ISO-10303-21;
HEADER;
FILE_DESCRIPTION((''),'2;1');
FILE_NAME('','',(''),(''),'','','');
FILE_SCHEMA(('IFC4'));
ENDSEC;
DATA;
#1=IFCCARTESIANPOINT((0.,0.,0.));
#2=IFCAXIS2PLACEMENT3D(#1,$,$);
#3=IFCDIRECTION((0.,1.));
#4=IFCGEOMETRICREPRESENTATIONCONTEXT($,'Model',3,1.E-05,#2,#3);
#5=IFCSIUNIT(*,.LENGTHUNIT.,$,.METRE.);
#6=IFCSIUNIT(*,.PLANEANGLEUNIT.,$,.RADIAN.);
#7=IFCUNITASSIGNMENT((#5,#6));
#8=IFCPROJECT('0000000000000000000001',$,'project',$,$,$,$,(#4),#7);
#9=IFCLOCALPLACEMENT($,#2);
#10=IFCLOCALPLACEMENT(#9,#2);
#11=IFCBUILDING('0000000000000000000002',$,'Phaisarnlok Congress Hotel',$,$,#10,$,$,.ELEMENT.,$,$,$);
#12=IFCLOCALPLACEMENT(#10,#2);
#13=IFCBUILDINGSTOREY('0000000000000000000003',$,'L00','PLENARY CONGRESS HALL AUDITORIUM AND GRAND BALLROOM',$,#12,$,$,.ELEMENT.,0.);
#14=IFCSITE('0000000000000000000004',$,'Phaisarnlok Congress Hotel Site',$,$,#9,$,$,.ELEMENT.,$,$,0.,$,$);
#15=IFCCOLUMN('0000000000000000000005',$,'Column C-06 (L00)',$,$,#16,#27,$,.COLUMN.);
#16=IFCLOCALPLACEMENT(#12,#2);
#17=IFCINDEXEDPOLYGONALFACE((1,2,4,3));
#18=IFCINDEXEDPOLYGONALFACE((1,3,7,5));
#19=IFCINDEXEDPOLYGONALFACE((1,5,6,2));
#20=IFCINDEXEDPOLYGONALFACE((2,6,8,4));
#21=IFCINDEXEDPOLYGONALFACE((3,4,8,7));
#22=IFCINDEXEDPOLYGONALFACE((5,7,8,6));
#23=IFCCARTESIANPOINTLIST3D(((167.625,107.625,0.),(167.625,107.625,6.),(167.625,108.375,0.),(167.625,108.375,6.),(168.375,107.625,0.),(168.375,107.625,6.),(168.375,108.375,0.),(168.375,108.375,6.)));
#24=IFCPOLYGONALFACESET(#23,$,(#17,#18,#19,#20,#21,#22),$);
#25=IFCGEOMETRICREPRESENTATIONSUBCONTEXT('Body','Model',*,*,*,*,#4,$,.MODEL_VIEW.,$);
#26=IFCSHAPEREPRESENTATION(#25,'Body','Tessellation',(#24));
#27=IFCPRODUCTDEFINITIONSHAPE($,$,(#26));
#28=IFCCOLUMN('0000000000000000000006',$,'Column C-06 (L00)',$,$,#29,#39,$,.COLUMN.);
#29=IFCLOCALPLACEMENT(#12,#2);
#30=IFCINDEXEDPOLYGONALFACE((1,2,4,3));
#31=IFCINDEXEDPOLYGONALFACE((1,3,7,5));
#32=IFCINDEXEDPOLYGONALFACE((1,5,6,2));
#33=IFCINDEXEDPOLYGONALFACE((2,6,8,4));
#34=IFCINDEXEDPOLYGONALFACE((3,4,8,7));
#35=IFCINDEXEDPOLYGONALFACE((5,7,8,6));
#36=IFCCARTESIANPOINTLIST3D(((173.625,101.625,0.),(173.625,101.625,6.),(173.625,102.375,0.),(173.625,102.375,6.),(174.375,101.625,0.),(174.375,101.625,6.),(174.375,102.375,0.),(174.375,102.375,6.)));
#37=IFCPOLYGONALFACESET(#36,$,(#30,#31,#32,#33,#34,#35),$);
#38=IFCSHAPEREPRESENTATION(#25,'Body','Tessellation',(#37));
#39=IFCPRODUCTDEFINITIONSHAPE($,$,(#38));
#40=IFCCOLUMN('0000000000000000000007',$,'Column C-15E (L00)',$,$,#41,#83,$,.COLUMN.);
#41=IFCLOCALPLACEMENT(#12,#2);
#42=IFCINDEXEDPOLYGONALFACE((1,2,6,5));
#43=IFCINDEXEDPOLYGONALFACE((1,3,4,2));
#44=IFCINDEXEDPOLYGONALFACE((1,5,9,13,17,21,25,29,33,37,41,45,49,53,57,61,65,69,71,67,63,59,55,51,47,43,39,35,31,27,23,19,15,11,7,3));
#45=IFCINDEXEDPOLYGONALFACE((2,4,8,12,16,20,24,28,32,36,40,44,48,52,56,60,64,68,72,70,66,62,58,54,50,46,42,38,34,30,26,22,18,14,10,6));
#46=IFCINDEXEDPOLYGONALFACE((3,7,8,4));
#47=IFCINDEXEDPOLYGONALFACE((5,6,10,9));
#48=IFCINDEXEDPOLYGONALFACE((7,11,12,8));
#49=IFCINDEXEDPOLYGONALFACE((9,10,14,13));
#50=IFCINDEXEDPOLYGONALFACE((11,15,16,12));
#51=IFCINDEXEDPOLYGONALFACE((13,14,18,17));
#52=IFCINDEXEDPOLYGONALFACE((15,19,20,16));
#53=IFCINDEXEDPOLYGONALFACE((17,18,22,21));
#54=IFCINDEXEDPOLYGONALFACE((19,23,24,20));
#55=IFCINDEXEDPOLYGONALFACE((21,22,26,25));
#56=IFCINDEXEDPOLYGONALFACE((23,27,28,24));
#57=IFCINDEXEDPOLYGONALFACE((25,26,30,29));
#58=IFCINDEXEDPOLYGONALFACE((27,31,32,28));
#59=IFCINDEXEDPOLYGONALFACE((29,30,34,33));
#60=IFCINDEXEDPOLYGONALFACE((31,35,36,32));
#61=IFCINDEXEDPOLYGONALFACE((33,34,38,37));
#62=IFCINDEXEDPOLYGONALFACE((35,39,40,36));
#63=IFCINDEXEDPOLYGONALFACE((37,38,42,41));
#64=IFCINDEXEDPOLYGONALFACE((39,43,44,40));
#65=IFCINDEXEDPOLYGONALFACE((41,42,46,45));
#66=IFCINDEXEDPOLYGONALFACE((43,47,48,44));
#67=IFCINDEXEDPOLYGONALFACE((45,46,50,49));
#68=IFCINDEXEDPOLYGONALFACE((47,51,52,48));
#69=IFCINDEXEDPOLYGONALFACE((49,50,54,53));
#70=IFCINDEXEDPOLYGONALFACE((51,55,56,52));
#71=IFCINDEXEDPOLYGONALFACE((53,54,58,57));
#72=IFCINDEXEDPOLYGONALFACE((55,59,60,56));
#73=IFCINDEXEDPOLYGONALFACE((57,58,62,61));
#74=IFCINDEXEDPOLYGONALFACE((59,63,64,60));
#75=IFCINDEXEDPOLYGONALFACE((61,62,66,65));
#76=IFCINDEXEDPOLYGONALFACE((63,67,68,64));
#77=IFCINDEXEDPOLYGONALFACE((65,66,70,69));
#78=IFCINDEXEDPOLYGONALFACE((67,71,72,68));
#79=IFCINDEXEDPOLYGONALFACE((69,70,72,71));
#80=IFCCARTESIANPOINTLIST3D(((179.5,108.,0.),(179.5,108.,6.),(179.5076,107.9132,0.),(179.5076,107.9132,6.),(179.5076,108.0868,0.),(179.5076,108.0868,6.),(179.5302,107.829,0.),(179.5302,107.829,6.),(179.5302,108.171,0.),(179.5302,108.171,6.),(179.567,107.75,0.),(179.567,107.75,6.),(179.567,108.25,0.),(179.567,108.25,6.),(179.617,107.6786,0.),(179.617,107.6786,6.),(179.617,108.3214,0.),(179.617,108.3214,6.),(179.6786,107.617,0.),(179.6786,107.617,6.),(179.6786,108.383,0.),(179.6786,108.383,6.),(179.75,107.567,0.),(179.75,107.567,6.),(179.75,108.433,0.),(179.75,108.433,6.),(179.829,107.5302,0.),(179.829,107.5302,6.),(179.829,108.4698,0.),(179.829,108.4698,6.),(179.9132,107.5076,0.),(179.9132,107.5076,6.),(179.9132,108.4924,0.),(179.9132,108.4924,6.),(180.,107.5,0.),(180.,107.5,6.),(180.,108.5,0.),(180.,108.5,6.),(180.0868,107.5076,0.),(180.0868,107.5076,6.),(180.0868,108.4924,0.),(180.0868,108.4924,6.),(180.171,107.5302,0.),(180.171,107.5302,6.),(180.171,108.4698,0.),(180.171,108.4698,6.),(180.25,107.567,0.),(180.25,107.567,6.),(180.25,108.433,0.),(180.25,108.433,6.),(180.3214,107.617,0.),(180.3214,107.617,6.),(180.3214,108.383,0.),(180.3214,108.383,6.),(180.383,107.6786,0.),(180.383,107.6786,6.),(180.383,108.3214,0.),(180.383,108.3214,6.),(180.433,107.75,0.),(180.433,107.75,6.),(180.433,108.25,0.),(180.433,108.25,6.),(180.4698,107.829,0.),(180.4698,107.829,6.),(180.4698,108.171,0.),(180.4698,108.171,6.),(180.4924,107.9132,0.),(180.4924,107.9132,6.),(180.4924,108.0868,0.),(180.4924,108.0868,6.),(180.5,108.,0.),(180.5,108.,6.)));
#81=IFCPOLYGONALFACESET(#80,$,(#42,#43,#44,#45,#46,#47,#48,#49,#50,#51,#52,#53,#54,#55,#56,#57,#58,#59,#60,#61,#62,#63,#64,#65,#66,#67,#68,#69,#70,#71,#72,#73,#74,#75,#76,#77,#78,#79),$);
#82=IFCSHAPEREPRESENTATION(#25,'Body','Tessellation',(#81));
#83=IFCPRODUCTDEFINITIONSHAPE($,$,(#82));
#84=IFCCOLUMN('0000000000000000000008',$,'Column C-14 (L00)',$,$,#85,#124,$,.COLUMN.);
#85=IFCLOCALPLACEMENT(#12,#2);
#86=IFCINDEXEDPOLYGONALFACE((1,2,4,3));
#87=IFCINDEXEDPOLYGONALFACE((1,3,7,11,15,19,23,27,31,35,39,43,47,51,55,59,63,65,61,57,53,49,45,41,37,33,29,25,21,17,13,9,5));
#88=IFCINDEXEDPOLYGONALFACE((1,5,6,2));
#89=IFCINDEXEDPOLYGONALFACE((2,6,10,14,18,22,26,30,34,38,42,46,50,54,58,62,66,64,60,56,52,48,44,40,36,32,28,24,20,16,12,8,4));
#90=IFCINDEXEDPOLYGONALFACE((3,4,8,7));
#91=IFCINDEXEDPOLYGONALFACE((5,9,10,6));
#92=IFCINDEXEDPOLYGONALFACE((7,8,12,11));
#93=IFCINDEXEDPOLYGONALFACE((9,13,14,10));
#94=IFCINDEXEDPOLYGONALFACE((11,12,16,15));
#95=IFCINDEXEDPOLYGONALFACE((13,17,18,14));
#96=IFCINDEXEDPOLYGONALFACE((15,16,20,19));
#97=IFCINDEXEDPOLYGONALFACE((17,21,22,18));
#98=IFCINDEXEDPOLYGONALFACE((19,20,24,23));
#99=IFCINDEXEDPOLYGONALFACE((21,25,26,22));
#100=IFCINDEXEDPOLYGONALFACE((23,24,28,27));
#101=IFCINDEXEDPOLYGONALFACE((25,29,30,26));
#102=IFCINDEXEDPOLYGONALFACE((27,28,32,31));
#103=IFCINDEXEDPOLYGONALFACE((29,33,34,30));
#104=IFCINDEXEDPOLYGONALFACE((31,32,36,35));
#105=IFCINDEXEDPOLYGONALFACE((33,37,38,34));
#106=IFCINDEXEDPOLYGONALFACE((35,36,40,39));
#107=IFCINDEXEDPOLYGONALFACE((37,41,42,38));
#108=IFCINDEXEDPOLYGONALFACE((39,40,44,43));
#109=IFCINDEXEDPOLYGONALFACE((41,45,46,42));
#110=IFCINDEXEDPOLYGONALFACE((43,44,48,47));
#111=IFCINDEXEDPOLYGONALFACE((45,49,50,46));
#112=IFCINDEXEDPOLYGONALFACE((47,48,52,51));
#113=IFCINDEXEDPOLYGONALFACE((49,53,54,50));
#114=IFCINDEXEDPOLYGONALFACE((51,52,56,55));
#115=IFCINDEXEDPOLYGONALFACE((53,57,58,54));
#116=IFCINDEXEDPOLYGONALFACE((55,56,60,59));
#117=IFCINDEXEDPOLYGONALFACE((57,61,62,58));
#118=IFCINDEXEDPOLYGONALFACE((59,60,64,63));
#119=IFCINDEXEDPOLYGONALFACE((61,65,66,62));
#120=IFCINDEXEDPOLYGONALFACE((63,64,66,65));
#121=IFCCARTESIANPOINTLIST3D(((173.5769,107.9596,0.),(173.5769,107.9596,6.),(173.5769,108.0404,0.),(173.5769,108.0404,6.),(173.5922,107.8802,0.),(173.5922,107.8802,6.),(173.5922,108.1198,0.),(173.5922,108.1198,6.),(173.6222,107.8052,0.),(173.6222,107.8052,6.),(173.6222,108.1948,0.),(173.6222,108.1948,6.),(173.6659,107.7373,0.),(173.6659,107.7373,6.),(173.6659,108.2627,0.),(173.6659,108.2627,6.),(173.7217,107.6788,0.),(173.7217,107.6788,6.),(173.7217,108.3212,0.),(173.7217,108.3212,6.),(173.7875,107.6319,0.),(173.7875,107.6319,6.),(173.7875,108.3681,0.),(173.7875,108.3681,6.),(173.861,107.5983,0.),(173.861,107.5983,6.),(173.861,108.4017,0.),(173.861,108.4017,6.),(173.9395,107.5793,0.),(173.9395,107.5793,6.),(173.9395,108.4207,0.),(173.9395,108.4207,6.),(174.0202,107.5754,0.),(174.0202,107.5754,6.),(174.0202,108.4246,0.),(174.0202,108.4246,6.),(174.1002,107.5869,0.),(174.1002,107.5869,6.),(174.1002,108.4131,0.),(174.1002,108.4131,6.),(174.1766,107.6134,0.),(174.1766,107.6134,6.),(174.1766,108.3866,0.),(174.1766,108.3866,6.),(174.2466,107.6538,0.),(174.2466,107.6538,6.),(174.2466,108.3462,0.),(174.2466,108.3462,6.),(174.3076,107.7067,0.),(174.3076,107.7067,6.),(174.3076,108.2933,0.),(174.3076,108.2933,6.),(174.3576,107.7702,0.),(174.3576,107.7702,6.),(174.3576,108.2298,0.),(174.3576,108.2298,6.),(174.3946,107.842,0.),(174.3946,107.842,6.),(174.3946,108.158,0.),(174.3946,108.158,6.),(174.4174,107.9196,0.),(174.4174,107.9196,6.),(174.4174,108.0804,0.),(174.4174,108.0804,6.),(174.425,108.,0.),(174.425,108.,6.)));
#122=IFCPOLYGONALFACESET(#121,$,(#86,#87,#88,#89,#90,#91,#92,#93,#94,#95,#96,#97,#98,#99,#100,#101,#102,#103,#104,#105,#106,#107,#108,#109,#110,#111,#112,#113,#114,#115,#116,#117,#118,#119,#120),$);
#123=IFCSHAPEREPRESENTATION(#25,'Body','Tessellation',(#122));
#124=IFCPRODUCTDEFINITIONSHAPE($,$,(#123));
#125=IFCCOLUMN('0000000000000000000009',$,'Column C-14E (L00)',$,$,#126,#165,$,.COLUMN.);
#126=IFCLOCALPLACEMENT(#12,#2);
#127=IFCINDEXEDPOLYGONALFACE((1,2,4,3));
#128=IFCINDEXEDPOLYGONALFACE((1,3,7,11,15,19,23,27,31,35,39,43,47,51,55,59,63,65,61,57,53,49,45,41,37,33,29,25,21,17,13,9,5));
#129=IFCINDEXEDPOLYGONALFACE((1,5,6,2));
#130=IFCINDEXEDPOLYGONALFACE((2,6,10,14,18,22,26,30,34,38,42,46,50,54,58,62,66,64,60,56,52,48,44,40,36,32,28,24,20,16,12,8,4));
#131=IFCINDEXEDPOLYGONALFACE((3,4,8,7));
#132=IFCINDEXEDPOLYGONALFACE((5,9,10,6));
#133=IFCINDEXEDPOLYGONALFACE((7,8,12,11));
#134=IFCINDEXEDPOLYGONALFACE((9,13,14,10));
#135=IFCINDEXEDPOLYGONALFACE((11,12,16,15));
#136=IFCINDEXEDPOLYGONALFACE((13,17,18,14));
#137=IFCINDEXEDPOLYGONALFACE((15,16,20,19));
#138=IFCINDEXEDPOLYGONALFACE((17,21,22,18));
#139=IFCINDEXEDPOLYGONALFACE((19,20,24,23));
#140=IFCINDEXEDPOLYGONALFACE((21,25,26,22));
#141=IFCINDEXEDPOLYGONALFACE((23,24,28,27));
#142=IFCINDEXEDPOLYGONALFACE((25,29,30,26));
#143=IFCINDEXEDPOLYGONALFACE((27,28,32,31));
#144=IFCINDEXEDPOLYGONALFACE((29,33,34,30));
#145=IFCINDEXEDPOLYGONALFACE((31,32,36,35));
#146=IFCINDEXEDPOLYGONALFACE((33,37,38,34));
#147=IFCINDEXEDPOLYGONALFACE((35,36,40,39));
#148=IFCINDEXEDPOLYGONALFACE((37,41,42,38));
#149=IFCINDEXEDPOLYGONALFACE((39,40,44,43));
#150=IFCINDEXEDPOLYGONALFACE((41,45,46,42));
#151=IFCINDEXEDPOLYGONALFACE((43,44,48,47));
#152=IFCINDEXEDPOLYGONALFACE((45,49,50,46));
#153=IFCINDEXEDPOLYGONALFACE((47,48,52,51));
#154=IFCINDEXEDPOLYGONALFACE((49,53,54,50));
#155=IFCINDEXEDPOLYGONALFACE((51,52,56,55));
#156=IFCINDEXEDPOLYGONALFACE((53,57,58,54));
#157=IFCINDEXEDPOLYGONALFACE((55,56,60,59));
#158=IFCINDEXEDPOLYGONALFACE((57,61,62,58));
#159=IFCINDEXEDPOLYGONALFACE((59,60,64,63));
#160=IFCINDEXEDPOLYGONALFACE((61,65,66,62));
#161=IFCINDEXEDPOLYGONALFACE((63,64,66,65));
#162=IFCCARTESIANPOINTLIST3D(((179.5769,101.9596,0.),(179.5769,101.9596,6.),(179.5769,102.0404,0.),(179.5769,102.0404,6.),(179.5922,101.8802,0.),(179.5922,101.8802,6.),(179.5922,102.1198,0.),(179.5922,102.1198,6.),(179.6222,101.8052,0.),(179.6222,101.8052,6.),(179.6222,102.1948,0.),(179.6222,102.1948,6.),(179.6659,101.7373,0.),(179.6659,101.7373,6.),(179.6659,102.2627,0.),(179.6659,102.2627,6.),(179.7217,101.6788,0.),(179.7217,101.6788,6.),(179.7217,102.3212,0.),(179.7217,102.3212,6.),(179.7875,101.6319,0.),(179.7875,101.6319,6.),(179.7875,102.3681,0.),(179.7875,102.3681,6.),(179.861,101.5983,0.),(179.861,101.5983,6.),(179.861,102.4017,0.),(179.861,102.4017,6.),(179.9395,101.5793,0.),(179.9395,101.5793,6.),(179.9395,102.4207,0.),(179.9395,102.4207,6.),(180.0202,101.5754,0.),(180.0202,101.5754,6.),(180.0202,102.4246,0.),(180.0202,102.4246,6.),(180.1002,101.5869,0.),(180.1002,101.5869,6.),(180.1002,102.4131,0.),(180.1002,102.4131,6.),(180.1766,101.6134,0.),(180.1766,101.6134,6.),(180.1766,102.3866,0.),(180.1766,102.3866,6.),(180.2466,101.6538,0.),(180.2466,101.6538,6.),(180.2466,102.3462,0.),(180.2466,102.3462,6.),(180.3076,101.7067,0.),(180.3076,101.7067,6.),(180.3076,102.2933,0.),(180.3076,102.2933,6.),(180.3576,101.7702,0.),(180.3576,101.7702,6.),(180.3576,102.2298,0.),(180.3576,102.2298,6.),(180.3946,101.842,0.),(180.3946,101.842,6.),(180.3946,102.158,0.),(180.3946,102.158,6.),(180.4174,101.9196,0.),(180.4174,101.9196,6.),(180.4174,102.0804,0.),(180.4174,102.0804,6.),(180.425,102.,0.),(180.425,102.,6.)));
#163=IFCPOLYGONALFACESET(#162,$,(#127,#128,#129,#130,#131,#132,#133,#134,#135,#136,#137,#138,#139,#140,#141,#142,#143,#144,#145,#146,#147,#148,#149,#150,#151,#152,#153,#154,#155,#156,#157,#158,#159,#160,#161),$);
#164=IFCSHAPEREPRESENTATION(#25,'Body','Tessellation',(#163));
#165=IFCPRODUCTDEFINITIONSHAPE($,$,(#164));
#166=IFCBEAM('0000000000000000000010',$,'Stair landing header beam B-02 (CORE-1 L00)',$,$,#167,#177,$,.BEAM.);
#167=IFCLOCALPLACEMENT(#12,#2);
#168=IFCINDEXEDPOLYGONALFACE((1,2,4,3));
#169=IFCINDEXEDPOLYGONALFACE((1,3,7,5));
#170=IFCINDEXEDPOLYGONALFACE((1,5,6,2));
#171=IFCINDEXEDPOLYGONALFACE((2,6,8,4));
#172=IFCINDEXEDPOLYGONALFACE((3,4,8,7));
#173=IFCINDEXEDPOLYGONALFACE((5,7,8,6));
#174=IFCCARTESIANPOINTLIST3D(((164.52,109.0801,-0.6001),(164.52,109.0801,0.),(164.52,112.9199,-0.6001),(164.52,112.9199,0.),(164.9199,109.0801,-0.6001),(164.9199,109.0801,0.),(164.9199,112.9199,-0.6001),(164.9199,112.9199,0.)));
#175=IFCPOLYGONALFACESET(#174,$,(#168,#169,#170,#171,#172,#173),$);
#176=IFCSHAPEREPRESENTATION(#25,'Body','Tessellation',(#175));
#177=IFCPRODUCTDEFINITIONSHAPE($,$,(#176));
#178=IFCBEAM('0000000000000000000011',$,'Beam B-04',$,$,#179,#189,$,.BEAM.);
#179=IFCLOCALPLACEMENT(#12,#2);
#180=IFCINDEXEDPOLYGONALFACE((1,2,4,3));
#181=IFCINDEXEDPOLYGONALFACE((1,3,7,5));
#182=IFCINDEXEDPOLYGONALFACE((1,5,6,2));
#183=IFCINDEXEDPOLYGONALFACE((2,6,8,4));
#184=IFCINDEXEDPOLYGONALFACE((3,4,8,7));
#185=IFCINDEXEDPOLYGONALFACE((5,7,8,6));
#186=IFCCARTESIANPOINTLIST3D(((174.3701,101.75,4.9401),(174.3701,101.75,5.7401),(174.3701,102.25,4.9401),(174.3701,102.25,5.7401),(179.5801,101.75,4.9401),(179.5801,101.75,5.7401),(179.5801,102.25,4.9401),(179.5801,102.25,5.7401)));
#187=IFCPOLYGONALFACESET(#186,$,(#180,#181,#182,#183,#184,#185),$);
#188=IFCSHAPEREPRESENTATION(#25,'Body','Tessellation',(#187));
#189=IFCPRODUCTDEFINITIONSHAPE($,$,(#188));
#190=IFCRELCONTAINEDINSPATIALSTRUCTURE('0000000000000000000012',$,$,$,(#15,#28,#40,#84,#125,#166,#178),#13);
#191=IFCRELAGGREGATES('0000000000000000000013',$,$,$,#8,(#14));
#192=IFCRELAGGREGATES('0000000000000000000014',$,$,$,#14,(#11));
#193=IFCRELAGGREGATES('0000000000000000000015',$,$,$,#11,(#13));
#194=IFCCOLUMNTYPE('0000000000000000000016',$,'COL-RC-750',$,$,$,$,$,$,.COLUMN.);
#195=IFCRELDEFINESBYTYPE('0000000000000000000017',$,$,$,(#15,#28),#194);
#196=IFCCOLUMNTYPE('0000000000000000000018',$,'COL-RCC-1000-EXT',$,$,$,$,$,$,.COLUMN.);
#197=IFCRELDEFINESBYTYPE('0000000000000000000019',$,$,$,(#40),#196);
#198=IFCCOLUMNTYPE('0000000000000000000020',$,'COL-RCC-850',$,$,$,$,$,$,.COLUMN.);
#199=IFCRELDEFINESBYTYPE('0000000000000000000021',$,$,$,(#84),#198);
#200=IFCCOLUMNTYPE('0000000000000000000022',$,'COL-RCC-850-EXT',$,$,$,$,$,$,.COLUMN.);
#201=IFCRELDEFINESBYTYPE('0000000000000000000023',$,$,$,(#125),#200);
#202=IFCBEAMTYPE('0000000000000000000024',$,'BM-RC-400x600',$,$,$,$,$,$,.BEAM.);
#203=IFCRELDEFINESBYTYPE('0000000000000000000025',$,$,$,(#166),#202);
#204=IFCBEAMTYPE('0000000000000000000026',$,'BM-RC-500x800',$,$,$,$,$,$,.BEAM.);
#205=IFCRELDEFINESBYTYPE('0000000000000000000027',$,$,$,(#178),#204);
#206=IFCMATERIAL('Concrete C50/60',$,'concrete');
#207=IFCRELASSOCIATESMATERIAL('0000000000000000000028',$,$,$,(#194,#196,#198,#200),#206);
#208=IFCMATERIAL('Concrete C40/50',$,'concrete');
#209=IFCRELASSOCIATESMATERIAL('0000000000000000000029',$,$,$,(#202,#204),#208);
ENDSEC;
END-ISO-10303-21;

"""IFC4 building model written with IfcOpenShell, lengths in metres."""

from ifc_helpers import new_model, si_unit, direction, frame, origin, origin_2d, place, context, subcontext, project, spatial, rectangle, circle, extrude, material, material_profile, profile_set, type_object, element, save


model = new_model("IFC4")

# Units and contexts
model_context = context("Model", 3, precision=1e-05, world=origin(), true_north=direction((0.0, 1.0)))
body_context = subcontext(model_context, "Body", "Model", "MODEL_VIEW")
ifc_project = project(units=[si_unit("LENGTHUNIT", "METRE"), si_unit("PLANEANGLEUNIT", "RADIAN")], contexts=[model_context])

# Site, building, storey
site_placement = place(None, origin())
site = spatial("IfcSite", under=ifc_project, at=site_placement, Name="Phaisarnlok Congress Hotel Site", CompositionType="ELEMENT", RefElevation=0.0)
building_placement = place(site_placement, origin())
building = spatial("IfcBuilding", under=site, at=building_placement, Name="Phaisarnlok Congress Hotel", CompositionType="ELEMENT")
storey_placement = place(building_placement, origin())
storey = spatial("IfcBuildingStorey", under=building, at=storey_placement, Name="L00", Description="PLENARY CONGRESS HALL AUDITORIUM AND GRAND BALLROOM", CompositionType="ELEMENT", Elevation=0.0)

# Columns
ifc_material_1 = material(Name="Concrete C50/60", Category="concrete")
ifc_material_profile_1 = material_profile(ifc_material_1, rectangle(XDim=0.75, YDim=0.75, at=origin_2d()), Name="RC 750x750")
ifc_profile_set_1 = profile_set([ifc_material_profile_1], Name="Concrete C50/60")
column_type_1 = type_object("IfcColumnType", Name="COL-RC-750", PredefinedType="COLUMN", material=ifc_profile_set_1)
for number, where, z_axis, x_axis, name in (
    (1, (168.0, 108.0, 0.0), (0.0, 0.0, 1.0), (1.0, 0.0, 0.0), "Column C-06 (L00)"),
    (2, (174.0, 102.0, 0.0), (0.0, 0.0, 1.0), (1.0, 0.0, 0.0), "Column C-06 (L00)"),
):
    element("IfcColumn", number, at=place(storey_placement, frame(where, z_axis=z_axis, x_axis=x_axis)), inside=storey, type_object=column_type_1, Name=name, PredefinedType="COLUMN", context=body_context, shape_type="SweptSolid", body=[
        extrude(rectangle(XDim=0.75, YDim=0.75, at=origin_2d()), origin(), (0.0, 0.0, 1.0), 6.0),
    ])
ifc_material_profile_2 = material_profile(ifc_material_1, circle(Radius=0.5, at=origin_2d()), Name="RCC D1000")
ifc_profile_set_2 = profile_set([ifc_material_profile_2], Name="Concrete C50/60")
column_type_2 = type_object("IfcColumnType", Name="COL-RCC-1000-EXT", PredefinedType="COLUMN", material=ifc_profile_set_2)
column_1_placement = place(storey_placement, frame((180.0, 108.0, 0.0), z_axis=(0.0, 0.0, 1.0), x_axis=(1.0, 0.0, 0.0)))
element("IfcColumn", 3, at=column_1_placement, inside=storey, type_object=column_type_2, Name="Column C-15E (L00)", PredefinedType="COLUMN", context=body_context, shape_type="SweptSolid", body=[
    extrude(circle(Radius=0.5, at=origin_2d()), origin(), (0.0, 0.0, 1.0), 6.0),
])
ifc_material_profile_3 = material_profile(ifc_material_1, circle(Radius=0.425, at=origin_2d()), Name="RCC D850")
ifc_profile_set_3 = profile_set([ifc_material_profile_3], Name="Concrete C50/60")
column_type_3 = type_object("IfcColumnType", Name="COL-RCC-850", PredefinedType="COLUMN", material=ifc_profile_set_3)
column_2_placement = place(storey_placement, frame((174.0, 108.0, 0.0), z_axis=(0.0, 0.0, 1.0), x_axis=(1.0, 0.0, 0.0)))
element("IfcColumn", 4, at=column_2_placement, inside=storey, type_object=column_type_3, Name="Column C-14 (L00)", PredefinedType="COLUMN", context=body_context, shape_type="SweptSolid", body=[
    extrude(circle(Radius=0.425, at=origin_2d()), origin(), (0.0, 0.0, 1.0), 6.0),
])
ifc_material_profile_4 = material_profile(ifc_material_1, circle(Radius=0.425, at=origin_2d()), Name="RCC D850")
ifc_profile_set_4 = profile_set([ifc_material_profile_4], Name="Concrete C50/60")
column_type_4 = type_object("IfcColumnType", Name="COL-RCC-850-EXT", PredefinedType="COLUMN", material=ifc_profile_set_4)
column_3_placement = place(storey_placement, frame((180.0, 102.0, 0.0), z_axis=(0.0, 0.0, 1.0), x_axis=(1.0, 0.0, 0.0)))
element("IfcColumn", 5, at=column_3_placement, inside=storey, type_object=column_type_4, Name="Column C-14E (L00)", PredefinedType="COLUMN", context=body_context, shape_type="SweptSolid", body=[
    extrude(circle(Radius=0.425, at=origin_2d()), origin(), (0.0, 0.0, 1.0), 6.0),
])

# Beams
ifc_material_2 = material(Name="Concrete C40/50", Category="concrete")
ifc_material_profile_5 = material_profile(ifc_material_2, rectangle(XDim=0.3999, YDim=0.6001, at=origin_2d()), Name="RC 400x600")
ifc_profile_set_5 = profile_set([ifc_material_profile_5], Name="Concrete C40/50")
beam_type_1 = type_object("IfcBeamType", Name="BM-RC-400x600", PredefinedType="BEAM", material=ifc_profile_set_5)
beam_1_placement = place(storey_placement, frame((164.72, 109.0801, -0.3), z_axis=(0.0, 1.0, 0.0), x_axis=(-1.0, 0.0, 0.0)))
element("IfcBeam", 6, at=beam_1_placement, inside=storey, type_object=beam_type_1, Name="Stair landing header beam B-02 (CORE-1 L00)", PredefinedType="BEAM", context=body_context, shape_type="SweptSolid", body=[
    extrude(rectangle(XDim=0.3999, YDim=0.6001, at=origin_2d()), origin(), (0.0, 0.0, 1.0), 3.8398),
])
ifc_material_profile_6 = material_profile(ifc_material_2, rectangle(XDim=0.5, YDim=0.8, at=origin_2d()), Name="RC 500x800")
ifc_profile_set_6 = profile_set([ifc_material_profile_6], Name="Concrete C40/50")
beam_type_2 = type_object("IfcBeamType", Name="BM-RC-500x800", PredefinedType="BEAM", material=ifc_profile_set_6)
beam_2_placement = place(storey_placement, frame((174.3701, 102.0, 5.3401), z_axis=(1.0, 0.0, 0.0), x_axis=(0.0, 1.0, 0.0)))
element("IfcBeam", 7, at=beam_2_placement, inside=storey, type_object=beam_type_2, Name="Beam B-04", PredefinedType="BEAM", context=body_context, shape_type="SweptSolid", body=[
    extrude(rectangle(XDim=0.5, YDim=0.8, at=origin_2d()), origin(), (0.0, 0.0, 1.0), 5.21),
])

save(model, "model.ifc")
